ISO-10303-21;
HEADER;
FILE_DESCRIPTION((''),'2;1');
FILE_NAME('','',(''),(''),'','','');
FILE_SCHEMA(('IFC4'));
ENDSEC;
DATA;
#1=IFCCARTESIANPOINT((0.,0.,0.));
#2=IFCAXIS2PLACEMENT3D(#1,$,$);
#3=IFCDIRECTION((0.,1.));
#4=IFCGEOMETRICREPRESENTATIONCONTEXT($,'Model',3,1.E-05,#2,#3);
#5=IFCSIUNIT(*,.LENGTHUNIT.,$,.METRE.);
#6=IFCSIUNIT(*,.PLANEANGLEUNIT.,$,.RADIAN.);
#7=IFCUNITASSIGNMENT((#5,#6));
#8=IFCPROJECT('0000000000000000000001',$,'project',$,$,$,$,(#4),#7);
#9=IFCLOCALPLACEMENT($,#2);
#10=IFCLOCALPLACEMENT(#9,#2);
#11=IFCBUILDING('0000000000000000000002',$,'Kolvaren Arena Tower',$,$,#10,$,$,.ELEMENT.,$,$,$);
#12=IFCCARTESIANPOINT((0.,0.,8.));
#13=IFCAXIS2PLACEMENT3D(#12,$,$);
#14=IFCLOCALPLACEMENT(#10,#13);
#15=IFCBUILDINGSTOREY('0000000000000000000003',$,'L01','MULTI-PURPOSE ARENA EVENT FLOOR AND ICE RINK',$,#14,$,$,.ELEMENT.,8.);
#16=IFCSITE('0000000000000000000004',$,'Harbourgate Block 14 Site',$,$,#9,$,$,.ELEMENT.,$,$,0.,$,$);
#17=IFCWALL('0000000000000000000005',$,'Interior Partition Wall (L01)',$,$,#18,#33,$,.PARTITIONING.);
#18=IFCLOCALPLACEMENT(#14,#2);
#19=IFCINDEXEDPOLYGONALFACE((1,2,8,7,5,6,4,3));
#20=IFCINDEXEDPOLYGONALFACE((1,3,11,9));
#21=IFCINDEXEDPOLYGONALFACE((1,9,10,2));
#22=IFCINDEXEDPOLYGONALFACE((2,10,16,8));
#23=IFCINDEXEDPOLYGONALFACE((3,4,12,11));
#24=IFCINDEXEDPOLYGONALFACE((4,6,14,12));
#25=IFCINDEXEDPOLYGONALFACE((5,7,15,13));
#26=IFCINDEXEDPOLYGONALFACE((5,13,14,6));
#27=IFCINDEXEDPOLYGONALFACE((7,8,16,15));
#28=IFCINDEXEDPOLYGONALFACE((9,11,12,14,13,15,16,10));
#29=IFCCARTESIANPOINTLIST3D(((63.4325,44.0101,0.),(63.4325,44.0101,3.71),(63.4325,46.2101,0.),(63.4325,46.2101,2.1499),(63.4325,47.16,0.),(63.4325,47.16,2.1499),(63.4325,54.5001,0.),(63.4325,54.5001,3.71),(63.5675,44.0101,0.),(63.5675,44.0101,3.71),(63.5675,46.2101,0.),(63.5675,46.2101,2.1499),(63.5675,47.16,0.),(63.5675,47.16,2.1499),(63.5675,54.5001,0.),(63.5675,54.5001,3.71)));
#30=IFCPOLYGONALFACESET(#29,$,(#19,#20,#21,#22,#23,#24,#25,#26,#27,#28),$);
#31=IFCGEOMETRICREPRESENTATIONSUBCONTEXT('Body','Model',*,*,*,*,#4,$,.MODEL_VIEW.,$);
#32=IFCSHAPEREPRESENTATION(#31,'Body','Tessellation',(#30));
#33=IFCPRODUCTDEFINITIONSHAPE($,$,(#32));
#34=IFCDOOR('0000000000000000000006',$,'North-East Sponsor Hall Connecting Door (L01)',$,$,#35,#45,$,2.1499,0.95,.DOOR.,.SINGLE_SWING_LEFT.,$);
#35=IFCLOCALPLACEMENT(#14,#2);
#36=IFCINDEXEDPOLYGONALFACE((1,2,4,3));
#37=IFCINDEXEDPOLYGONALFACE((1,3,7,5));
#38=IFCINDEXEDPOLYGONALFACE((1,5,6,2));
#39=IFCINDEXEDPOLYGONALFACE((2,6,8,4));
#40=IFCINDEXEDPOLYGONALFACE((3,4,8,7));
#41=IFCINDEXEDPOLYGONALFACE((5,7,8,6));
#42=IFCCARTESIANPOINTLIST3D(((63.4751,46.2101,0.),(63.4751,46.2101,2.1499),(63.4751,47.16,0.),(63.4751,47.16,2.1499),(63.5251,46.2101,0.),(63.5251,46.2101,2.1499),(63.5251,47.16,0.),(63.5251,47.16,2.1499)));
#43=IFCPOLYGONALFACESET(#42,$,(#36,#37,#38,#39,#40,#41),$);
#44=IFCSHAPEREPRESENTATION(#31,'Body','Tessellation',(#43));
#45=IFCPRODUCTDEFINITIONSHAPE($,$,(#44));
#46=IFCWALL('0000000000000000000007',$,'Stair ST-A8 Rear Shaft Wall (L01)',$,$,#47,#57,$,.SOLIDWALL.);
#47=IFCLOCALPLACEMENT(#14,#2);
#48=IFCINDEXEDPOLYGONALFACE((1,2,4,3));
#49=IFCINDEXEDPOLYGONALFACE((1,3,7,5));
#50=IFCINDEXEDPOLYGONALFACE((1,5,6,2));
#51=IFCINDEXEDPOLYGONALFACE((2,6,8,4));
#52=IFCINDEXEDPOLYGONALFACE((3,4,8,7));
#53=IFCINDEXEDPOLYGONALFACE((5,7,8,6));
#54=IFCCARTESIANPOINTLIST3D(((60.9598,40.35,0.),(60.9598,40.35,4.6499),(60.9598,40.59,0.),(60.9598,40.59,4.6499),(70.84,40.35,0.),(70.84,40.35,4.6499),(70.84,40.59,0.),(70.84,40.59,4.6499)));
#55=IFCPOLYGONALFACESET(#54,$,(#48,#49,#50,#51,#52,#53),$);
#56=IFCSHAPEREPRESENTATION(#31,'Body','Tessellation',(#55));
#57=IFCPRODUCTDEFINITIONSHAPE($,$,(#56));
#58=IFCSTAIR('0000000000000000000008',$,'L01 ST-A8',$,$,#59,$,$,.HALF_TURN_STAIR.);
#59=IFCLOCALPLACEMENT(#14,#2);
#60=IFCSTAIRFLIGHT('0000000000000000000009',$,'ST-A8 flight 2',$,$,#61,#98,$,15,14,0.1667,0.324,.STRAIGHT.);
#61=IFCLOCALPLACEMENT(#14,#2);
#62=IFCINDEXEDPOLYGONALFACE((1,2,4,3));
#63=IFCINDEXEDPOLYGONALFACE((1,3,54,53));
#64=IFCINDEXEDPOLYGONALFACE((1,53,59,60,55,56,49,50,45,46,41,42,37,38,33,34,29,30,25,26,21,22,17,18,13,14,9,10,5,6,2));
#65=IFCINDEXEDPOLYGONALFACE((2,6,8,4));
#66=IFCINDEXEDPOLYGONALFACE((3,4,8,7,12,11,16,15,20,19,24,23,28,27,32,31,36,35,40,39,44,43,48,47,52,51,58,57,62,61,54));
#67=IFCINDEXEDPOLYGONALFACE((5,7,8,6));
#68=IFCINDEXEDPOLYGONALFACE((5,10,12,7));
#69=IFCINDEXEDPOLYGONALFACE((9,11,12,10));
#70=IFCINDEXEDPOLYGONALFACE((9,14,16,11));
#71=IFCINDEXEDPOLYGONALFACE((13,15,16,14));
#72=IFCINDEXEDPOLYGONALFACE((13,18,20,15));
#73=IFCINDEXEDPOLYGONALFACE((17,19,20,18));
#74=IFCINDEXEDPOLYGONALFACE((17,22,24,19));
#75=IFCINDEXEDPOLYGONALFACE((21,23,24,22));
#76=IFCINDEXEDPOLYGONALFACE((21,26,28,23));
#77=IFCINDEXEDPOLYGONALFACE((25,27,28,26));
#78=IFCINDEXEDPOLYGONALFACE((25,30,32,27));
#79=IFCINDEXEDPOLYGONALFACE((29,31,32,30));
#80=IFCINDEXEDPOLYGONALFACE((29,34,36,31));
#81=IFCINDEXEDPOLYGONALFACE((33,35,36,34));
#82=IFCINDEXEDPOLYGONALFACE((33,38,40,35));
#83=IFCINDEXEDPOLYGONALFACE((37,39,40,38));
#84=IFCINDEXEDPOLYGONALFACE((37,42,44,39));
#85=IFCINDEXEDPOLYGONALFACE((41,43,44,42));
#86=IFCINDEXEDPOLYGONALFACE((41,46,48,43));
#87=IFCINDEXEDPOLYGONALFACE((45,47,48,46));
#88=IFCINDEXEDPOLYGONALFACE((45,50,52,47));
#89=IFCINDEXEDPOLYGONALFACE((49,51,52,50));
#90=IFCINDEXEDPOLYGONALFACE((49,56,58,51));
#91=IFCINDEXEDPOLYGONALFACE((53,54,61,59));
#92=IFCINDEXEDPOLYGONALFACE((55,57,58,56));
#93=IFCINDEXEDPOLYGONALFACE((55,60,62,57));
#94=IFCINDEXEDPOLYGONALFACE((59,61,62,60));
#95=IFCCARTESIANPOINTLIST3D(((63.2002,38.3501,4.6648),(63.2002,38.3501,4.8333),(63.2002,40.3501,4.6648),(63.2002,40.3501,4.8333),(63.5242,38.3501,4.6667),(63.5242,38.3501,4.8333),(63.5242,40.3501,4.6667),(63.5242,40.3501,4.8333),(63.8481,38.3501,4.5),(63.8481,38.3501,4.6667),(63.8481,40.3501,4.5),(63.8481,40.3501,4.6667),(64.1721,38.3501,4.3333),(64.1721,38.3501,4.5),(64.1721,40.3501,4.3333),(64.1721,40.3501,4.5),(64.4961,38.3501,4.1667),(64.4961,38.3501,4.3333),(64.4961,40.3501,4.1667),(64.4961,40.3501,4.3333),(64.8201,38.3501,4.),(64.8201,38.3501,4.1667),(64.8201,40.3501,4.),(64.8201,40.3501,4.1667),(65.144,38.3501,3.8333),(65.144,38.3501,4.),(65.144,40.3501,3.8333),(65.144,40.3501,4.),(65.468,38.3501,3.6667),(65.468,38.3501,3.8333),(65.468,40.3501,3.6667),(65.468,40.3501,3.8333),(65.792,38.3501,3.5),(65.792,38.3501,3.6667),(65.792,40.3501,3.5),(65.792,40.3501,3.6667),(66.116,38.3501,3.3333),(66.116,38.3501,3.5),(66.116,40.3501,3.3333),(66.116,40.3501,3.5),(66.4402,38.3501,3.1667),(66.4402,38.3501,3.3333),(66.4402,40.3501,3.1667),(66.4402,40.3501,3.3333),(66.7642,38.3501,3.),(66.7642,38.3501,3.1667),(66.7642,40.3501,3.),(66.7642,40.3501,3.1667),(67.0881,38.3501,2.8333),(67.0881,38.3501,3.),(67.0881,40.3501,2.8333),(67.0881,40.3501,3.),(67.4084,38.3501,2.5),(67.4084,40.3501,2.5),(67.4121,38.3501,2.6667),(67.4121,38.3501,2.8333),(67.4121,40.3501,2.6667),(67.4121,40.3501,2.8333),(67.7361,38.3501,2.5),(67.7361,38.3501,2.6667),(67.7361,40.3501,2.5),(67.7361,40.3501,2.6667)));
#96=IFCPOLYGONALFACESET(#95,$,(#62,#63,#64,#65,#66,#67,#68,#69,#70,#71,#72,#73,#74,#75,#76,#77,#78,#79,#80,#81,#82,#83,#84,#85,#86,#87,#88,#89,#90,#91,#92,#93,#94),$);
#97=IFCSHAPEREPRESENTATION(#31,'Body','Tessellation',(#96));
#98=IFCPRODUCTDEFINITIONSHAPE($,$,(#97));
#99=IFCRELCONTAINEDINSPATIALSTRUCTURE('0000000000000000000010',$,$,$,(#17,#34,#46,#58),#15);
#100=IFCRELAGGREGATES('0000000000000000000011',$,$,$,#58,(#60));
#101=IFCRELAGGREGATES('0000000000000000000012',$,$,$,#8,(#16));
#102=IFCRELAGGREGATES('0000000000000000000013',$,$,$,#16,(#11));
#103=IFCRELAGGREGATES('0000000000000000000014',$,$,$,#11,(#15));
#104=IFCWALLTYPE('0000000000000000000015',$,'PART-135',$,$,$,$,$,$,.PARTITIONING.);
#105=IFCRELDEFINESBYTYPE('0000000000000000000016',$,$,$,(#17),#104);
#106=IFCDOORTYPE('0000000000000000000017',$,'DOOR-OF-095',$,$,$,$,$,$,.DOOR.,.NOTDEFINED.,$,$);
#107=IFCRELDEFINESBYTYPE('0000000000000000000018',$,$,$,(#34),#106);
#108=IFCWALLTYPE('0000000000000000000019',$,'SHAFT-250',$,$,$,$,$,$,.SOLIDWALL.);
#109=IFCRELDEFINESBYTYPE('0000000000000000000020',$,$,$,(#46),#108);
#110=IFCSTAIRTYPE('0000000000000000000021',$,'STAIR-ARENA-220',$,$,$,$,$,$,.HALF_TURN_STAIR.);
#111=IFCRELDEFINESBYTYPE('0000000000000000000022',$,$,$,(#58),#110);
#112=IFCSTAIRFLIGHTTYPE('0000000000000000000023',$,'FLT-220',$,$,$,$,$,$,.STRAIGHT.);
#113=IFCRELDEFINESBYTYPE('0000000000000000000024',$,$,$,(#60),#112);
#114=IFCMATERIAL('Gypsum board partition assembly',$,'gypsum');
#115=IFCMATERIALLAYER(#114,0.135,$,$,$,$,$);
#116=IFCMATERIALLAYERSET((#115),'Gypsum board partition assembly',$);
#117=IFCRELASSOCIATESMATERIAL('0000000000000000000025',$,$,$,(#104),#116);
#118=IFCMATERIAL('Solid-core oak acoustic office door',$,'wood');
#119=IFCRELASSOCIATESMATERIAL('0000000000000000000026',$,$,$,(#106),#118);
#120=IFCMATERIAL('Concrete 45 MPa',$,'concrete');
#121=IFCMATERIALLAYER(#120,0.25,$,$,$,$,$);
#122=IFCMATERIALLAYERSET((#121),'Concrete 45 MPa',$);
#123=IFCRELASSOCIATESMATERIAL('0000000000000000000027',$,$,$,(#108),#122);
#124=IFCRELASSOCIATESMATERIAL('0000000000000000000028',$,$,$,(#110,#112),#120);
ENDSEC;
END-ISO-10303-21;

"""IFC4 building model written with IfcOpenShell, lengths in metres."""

from ifc_helpers import new_model, si_unit, direction, frame, frame_2d, origin, place, context, subcontext, project, spatial, polyline, rectangle, outline, extrude, material, layer, layer_set, type_object, element, fill, aggregate, save


model = new_model("IFC4")

# Units and contexts
model_context = context("Model", 3, precision=1e-05, world=origin(), true_north=direction((0.0, 1.0)))
body_context = subcontext(model_context, "Body", "Model", "MODEL_VIEW")
ifc_project = project(units=[si_unit("LENGTHUNIT", "METRE"), si_unit("PLANEANGLEUNIT", "RADIAN")], contexts=[model_context])

# Site, building, storey
site_placement = place(None, origin())
site = spatial("IfcSite", under=ifc_project, at=site_placement, Name="Harbourgate Block 14 Site", CompositionType="ELEMENT", RefElevation=0.0)
building_placement = place(site_placement, origin())
building = spatial("IfcBuilding", under=site, at=building_placement, Name="Kolvaren Arena Tower", CompositionType="ELEMENT")
storey_placement = place(building_placement, frame((0.0, 0.0, 8.0)))
storey = spatial("IfcBuildingStorey", under=building, at=storey_placement, Name="L01", Description="MULTI-PURPOSE ARENA EVENT FLOOR AND ICE RINK", CompositionType="ELEMENT", Elevation=8.0)

# Wall, opening, door
ifc_material_1 = material(Name="Gypsum board partition assembly", Category="gypsum")
ifc_layer_1 = layer(ifc_material_1, 0.135)
ifc_layer_set_1 = layer_set([ifc_layer_1], Name="Gypsum board partition assembly")
wall_type_1 = type_object("IfcWallType", Name="PART-135", PredefinedType="PARTITIONING", material=ifc_layer_set_1)
wall_1_placement = place(storey_placement, frame((63.5, 44.01, 0.0), z_axis=(0.0, 0.0, 1.0), x_axis=(0.0, 1.0, 0.0)))
wall_1 = element("IfcWall", 1, at=wall_1_placement, inside=storey, type_object=wall_type_1, Name="Interior Partition Wall (L01)", PredefinedType="PARTITIONING", context=body_context, shape_type="SweptSolid", body=[
    extrude(rectangle(XDim=10.49, YDim=0.135, at=frame_2d((5.2451, 0.0))), origin(), (0.0, 0.0, 1.0), 3.71),
])
opening_1_placement = place(wall_1_placement, frame((2.2, 0.0, 0.0)))
opening_1 = element("IfcOpeningElement", 2, at=opening_1_placement, cuts=wall_1, PredefinedType="OPENING", context=body_context, shape_type="SweptSolid", body=[
    extrude(rectangle(XDim=0.95, YDim=2.1499, at=frame_2d((0.4751, 1.075))), frame((0.0, 0.0774, 0.0), z_axis=(0.0, -1.0, 0.0), x_axis=(1.0, 0.0, 0.0)), (0.0, 0.0, 1.0), 0.155),
])
ifc_material_2 = material(Name="Solid-core oak acoustic office door", Category="wood")
door_type = type_object("IfcDoorType", Name="DOOR-OF-095", OperationType="NOTDEFINED", PredefinedType="DOOR", material=ifc_material_2)
door_placement = place(opening_1_placement, origin())
door = element("IfcDoor", 3, at=door_placement, inside=storey, type_object=door_type, Name="North-East Sponsor Hall Connecting Door (L01)", OperationType="SINGLE_SWING_LEFT", OverallHeight=2.1499, OverallWidth=0.95, PredefinedType="DOOR", context=body_context, shape_type="SweptSolid", body=[
    extrude(rectangle(XDim=0.95, YDim=2.1499, at=frame_2d((0.4751, 1.075))), frame((0.0, 0.0249, 0.0), z_axis=(0.0, -1.0, 0.0), x_axis=(1.0, 0.0, 0.0)), (0.0, 0.0, 1.0), 0.05),
])
fill(opening_1, door)

# Wall
ifc_material_3 = material(Name="Concrete 45 MPa", Category="concrete")
ifc_layer_2 = layer(ifc_material_3, 0.25)
ifc_layer_set_2 = layer_set([ifc_layer_2], Name="Concrete 45 MPa")
wall_type_2 = type_object("IfcWallType", Name="SHAFT-250", PredefinedType="SOLIDWALL", material=ifc_layer_set_2)
wall_2_placement = place(storey_placement, frame((60.96, 40.47, 0.0), z_axis=(0.0, 0.0, 1.0), x_axis=(1.0, 0.0, 0.0)))
element("IfcWall", 4, at=wall_2_placement, inside=storey, type_object=wall_type_2, Name="Stair ST-A8 Rear Shaft Wall (L01)", PredefinedType="SOLIDWALL", context=body_context, shape_type="SweptSolid", body=[
    extrude(rectangle(XDim=9.8801, YDim=0.24, at=frame_2d((4.9399, 0.0))), origin(), (0.0, 0.0, 1.0), 4.6499),
])

# Stair, stair flight
stair_type = type_object("IfcStairType", Name="STAIR-ARENA-220", PredefinedType="HALF_TURN_STAIR", material=ifc_material_3)
stair_placement = place(storey_placement, origin())
stair = element("IfcStair", 5, at=stair_placement, inside=storey, type_object=stair_type, Name="L01 ST-A8", PredefinedType="HALF_TURN_STAIR")
stair_flight_type = type_object("IfcStairFlightType", Name="FLT-220", PredefinedType="STRAIGHT", material=ifc_material_3)
stair_flight_placement = place(storey_placement, frame((67.7361, 39.3501, 2.5), z_axis=(0.0, 0.0, 1.0), x_axis=(-1.0, 0.0, 0.0)))
stair_flight = element("IfcStairFlight", 6, at=stair_flight_placement, type_object=stair_flight_type, Name="ST-A8 flight 2", NumberOfRisers=15, NumberOfTreads=14, PredefinedType="STRAIGHT", RiserHeight=0.1667, TreadLength=0.324, context=body_context, shape_type="SweptSolid", body=[
    extrude(outline(polyline([(0.0, 0.0), (0.0, 0.1667), (0.324, 0.1667), (0.324, 0.3333), (0.6479, 0.3333), (0.6479, 0.5), (0.9719, 0.5), (0.9719, 0.6667), (1.2959, 0.6667), (1.2959, 0.8333), (1.6201, 0.8333), (1.6201, 1.0), (1.9441, 1.0), (1.9441, 1.1667), (2.2681, 1.1667), (2.2681, 1.3333), (2.592, 1.3333), (2.592, 1.5), (2.916, 1.5), (2.916, 1.6667), (3.24, 1.6667), (3.24, 1.8333), (3.564, 1.8333), (3.564, 2.0), (3.8879, 2.0), (3.8879, 2.1667), (4.2119, 2.1667), (4.2119, 2.3333), (4.5359, 2.3333), (4.5359, 2.5), (4.5359, 2.1648), (0.3276, 0.0), (0.0, 0.0)])), frame((0.0, 1.0, 0.0), z_axis=(0.0, -1.0, 0.0), x_axis=(1.0, 0.0, 0.0)), (0.0, 0.0, 1.0), 2.0),
])
aggregate(stair, [stair_flight])

save(model, "model.ifc")
